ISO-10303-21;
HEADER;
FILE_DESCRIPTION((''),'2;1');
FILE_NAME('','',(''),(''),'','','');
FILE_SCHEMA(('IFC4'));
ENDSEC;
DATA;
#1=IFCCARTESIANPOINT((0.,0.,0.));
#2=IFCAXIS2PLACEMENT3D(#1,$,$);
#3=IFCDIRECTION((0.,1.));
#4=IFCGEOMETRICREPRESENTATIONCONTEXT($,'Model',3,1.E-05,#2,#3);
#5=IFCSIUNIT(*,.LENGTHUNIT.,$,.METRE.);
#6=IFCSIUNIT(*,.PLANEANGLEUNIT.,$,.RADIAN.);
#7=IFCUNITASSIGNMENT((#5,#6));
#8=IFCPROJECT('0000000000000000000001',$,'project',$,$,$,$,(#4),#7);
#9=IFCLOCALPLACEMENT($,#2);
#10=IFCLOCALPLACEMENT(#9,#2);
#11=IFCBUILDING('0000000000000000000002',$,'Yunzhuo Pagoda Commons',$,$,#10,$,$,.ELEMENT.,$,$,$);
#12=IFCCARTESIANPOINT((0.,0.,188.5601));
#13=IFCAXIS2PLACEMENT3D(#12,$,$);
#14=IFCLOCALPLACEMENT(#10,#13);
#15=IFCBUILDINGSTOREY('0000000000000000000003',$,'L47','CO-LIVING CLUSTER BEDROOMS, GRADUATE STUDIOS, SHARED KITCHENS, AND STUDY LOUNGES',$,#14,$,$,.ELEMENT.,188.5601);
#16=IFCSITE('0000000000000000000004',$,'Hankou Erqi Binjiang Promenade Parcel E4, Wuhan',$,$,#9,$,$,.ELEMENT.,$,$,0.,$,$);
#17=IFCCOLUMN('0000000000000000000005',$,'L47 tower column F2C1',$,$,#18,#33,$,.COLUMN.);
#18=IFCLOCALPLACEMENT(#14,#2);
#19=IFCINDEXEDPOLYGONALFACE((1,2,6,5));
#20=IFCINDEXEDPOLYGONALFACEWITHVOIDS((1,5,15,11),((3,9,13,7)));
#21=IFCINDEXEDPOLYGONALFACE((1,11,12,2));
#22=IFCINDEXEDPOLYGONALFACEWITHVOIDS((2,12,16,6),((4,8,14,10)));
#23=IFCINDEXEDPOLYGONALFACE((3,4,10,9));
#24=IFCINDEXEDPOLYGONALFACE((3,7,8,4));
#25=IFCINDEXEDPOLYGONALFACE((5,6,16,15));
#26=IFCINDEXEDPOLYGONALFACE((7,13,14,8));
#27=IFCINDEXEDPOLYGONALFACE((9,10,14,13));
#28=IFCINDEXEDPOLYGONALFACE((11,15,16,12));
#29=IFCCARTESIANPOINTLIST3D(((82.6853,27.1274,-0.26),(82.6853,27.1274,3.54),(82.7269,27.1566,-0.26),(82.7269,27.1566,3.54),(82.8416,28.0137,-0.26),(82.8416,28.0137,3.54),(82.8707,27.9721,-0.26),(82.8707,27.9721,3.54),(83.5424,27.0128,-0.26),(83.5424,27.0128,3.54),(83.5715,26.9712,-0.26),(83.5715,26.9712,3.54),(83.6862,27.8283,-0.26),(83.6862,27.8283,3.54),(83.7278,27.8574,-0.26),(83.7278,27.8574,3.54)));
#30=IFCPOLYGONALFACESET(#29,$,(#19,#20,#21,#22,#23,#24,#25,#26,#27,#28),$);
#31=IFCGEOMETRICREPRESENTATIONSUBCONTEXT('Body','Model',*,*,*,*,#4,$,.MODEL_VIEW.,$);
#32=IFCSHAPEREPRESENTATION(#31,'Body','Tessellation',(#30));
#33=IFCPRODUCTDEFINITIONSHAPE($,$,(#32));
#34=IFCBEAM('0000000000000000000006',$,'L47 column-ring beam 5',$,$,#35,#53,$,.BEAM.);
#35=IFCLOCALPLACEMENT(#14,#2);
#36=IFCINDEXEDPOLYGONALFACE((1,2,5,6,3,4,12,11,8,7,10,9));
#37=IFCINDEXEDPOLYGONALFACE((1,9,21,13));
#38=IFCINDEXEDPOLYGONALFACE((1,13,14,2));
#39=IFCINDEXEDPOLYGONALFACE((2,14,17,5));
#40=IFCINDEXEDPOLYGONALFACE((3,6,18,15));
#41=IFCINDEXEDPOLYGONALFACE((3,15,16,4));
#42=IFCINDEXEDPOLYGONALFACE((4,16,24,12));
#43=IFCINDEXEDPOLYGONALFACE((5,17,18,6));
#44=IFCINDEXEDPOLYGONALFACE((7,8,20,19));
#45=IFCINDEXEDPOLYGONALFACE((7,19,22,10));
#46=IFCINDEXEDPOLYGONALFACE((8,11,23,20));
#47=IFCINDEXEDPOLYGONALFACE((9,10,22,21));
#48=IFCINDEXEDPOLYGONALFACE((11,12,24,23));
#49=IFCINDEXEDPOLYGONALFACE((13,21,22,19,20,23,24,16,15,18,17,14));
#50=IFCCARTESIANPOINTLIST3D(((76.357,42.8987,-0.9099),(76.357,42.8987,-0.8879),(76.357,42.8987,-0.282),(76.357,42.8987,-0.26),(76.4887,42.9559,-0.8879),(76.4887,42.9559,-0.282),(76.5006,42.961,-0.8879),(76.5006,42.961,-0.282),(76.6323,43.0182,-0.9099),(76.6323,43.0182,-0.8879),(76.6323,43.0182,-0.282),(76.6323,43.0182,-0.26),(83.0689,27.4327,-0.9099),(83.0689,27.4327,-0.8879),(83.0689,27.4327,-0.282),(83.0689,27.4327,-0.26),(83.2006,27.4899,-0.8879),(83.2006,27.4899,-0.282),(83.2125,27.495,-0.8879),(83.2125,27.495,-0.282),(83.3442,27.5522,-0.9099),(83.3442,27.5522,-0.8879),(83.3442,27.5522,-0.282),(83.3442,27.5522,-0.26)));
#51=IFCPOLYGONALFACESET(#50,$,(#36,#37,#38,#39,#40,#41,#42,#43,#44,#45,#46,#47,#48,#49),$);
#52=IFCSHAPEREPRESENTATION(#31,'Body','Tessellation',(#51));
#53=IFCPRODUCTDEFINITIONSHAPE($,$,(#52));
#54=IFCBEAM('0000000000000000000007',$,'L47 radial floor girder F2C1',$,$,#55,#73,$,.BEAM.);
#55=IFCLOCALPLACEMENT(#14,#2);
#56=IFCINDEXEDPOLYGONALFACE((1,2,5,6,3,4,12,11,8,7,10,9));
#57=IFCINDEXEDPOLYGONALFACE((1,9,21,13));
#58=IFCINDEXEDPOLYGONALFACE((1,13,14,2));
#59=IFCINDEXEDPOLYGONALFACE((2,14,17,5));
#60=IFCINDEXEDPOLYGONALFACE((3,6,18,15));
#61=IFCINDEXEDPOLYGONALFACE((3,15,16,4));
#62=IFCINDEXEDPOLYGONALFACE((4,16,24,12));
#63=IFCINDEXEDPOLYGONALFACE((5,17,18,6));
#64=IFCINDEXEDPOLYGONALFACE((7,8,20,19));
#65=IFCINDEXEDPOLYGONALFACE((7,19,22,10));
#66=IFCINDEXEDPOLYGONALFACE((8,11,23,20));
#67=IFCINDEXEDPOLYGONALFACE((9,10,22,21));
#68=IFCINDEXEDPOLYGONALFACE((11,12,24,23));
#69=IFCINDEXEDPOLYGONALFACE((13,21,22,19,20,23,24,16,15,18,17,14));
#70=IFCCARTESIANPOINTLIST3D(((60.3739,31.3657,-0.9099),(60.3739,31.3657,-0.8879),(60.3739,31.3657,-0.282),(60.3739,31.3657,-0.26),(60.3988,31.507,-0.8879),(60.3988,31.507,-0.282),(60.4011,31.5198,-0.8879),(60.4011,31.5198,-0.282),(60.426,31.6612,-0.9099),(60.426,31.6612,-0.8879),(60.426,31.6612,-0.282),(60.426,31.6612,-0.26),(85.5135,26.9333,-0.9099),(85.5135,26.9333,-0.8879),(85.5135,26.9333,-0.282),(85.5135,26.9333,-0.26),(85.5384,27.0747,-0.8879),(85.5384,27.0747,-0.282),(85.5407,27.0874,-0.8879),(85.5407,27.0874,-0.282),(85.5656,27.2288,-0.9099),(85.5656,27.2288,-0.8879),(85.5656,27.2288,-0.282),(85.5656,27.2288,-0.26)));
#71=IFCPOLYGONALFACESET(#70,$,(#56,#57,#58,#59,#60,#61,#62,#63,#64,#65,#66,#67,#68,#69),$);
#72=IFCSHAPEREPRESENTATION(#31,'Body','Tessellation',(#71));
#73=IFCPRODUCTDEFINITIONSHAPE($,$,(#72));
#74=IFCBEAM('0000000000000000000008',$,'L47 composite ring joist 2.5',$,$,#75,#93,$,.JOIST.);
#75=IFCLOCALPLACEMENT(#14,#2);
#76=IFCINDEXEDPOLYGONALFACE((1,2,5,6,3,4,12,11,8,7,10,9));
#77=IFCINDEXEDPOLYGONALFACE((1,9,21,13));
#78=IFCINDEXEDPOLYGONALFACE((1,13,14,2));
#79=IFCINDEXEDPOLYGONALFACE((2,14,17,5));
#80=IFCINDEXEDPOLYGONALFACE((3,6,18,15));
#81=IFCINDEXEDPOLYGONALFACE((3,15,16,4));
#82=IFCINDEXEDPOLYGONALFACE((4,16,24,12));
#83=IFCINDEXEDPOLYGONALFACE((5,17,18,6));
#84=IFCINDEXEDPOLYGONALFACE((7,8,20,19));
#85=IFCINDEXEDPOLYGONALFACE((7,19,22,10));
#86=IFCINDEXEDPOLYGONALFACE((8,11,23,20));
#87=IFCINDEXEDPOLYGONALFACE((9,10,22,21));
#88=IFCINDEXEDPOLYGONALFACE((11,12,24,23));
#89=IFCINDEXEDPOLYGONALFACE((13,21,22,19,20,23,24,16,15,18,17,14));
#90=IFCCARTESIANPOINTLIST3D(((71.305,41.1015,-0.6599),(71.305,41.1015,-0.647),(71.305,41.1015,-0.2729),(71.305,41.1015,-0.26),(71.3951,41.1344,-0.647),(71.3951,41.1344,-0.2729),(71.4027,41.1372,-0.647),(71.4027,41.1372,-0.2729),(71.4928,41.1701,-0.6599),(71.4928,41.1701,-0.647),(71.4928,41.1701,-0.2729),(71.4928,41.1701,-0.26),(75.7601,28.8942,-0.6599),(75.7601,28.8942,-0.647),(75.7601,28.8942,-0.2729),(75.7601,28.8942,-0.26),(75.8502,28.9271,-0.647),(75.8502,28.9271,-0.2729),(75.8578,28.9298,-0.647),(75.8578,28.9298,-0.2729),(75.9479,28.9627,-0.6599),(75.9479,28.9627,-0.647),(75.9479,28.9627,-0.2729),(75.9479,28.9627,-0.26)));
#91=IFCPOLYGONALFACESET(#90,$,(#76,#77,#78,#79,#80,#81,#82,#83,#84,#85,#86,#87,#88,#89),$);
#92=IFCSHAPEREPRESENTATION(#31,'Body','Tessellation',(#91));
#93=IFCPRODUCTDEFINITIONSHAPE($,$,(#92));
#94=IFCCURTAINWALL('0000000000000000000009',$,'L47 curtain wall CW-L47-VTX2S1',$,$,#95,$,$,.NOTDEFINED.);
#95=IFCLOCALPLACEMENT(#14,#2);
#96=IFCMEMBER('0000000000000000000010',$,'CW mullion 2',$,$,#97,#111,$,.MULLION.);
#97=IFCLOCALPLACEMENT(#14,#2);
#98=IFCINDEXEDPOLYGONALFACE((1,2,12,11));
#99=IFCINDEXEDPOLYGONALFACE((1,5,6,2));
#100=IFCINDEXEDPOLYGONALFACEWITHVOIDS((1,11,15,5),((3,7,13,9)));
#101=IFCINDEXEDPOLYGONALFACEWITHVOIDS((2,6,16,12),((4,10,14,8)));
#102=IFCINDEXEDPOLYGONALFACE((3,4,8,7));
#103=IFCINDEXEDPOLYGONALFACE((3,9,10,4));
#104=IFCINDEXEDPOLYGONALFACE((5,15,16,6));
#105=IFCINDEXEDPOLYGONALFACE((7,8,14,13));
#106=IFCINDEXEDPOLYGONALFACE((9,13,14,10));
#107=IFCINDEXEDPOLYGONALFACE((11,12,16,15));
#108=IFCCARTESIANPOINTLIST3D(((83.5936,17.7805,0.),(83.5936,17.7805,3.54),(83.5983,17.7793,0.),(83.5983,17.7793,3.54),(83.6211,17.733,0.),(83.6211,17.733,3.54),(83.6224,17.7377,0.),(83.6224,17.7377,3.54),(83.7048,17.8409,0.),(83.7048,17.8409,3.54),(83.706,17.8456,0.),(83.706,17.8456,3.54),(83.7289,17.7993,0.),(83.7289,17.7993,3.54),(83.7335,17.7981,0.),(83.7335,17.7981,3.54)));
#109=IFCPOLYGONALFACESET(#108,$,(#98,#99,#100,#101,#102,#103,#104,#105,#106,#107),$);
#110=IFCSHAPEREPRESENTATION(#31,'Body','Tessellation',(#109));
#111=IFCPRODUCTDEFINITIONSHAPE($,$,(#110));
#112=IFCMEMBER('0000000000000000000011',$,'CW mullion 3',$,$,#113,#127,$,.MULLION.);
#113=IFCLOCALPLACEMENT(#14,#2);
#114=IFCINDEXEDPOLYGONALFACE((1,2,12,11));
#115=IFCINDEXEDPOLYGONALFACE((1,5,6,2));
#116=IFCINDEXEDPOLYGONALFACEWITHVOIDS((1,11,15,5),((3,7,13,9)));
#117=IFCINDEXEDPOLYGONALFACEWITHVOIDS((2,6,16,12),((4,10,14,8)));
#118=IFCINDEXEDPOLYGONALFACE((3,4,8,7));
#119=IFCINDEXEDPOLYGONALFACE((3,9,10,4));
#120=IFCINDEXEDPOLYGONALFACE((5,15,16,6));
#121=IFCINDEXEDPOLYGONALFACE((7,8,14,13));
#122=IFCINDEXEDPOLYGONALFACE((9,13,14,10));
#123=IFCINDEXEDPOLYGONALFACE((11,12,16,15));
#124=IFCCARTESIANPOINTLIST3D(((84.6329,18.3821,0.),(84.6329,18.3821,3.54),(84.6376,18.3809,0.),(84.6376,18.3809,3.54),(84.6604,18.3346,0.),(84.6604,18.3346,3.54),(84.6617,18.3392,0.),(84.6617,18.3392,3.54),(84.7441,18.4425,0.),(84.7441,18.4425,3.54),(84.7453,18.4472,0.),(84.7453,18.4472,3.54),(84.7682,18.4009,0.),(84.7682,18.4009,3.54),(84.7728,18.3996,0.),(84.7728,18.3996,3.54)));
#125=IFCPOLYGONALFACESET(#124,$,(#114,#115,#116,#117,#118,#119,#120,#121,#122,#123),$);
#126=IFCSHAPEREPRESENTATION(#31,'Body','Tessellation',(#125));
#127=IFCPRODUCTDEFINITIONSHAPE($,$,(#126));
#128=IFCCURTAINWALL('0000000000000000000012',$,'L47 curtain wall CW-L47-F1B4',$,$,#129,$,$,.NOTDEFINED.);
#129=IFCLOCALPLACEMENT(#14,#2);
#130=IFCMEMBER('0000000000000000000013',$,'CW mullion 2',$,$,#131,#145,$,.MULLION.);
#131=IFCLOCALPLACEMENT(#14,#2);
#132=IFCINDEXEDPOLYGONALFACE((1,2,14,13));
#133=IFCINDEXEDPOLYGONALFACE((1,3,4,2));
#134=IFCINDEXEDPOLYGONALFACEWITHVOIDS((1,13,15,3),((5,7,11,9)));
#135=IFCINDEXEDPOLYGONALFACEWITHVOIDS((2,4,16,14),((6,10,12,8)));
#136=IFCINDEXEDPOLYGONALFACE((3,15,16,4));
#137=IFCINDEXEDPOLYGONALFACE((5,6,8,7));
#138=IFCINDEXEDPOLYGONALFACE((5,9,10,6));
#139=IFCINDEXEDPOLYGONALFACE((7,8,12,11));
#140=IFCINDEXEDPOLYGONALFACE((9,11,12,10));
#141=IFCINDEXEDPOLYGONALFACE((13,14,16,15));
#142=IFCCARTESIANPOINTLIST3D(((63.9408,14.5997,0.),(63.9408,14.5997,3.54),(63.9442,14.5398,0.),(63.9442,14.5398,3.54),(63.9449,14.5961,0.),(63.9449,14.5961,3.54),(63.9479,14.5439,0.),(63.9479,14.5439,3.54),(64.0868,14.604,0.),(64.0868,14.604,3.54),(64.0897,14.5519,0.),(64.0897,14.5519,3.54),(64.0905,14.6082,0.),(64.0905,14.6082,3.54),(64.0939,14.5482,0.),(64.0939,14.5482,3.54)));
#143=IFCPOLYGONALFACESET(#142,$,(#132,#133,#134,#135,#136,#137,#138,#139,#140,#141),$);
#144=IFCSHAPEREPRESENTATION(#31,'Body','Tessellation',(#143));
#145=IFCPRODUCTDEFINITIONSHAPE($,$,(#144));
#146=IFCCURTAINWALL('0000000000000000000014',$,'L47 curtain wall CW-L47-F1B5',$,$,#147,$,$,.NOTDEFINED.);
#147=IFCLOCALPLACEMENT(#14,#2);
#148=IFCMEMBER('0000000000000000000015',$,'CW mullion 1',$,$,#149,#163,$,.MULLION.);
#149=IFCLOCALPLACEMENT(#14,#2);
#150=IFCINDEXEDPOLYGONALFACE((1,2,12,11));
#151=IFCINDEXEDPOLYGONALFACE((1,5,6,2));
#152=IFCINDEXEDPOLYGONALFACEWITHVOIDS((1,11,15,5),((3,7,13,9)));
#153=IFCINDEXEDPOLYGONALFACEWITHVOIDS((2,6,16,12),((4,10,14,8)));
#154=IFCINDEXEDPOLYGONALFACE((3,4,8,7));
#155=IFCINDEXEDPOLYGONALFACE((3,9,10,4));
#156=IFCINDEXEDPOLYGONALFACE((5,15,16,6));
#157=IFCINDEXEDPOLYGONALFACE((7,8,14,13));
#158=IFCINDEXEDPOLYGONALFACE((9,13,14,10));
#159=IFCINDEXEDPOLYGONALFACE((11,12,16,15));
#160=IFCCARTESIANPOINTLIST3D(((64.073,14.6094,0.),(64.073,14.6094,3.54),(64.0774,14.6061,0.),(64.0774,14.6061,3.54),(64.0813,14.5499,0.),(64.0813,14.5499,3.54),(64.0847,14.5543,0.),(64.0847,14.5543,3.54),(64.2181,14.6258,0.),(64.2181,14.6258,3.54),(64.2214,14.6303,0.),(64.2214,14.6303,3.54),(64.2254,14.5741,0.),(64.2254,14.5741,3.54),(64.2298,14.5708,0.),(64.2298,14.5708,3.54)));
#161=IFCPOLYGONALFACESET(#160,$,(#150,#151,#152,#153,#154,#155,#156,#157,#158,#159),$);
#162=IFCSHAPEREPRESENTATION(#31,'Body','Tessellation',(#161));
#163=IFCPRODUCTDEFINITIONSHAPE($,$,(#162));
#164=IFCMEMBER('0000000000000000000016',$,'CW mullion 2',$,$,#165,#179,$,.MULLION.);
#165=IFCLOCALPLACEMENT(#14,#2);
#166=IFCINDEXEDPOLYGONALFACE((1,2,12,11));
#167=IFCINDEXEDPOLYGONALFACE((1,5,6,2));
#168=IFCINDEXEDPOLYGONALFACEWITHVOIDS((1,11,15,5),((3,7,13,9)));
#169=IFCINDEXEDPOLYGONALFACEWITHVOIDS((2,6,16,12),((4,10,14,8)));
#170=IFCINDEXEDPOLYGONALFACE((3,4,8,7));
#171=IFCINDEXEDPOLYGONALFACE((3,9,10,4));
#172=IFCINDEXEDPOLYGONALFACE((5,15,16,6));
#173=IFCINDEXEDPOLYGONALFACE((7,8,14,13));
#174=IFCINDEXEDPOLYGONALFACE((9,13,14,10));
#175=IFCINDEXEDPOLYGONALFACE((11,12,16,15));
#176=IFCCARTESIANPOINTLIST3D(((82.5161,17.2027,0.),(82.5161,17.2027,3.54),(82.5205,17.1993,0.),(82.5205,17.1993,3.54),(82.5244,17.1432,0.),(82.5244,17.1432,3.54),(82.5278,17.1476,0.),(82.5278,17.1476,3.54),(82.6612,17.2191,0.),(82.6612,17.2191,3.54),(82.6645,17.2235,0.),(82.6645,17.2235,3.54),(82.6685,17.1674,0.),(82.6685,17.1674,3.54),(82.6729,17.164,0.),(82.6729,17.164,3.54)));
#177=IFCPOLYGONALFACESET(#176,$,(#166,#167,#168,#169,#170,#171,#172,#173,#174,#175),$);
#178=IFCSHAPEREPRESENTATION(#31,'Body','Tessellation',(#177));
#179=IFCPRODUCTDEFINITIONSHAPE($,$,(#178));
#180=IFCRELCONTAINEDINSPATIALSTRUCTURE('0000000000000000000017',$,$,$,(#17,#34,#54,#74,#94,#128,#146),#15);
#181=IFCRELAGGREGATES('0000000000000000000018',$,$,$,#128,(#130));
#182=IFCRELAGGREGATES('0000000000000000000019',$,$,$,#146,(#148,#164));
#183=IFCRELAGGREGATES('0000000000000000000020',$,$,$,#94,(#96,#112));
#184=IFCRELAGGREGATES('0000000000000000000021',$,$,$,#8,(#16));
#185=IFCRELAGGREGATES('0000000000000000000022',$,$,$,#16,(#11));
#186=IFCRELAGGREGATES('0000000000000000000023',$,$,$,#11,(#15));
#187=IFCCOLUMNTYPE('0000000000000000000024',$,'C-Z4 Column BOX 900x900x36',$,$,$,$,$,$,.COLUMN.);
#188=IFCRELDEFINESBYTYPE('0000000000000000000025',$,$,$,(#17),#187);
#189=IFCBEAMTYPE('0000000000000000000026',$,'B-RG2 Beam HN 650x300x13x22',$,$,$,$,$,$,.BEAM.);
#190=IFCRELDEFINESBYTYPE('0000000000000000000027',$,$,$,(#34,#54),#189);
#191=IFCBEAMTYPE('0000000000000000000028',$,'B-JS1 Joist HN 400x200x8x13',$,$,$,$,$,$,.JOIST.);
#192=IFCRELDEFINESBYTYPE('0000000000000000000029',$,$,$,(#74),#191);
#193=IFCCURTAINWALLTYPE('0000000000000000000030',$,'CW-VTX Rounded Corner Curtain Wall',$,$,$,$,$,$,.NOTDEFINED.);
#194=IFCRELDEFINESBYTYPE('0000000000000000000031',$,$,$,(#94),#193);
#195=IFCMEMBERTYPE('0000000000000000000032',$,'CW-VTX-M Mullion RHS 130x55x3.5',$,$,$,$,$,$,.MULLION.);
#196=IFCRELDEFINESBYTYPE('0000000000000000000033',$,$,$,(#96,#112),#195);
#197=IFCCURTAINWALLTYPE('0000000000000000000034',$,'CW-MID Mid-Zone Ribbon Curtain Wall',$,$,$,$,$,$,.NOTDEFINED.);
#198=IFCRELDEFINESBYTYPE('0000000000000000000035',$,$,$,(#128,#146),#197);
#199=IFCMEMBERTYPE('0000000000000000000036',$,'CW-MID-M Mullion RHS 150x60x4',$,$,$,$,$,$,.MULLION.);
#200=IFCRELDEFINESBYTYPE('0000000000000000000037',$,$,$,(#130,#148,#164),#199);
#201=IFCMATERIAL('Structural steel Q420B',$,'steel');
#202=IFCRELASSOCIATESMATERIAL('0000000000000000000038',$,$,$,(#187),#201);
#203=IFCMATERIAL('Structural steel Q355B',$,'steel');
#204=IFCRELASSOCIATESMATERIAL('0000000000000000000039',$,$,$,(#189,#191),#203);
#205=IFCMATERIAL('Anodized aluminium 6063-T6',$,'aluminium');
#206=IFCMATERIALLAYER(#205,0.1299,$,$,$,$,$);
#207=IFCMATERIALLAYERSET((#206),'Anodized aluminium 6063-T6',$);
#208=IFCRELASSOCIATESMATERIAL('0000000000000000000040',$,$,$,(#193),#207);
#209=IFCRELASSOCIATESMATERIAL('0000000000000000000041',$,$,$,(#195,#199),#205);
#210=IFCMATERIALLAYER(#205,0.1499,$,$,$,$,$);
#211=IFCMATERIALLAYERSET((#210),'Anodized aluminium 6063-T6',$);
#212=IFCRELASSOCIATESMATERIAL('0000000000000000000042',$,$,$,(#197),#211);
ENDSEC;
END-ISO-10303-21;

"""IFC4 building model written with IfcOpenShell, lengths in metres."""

from ifc_helpers import new_model, si_unit, direction, frame, origin, origin_2d, place, context, subcontext, project, spatial, hollow_rectangle, i_section, extrude, source, transform, mapped, material, layer, layer_set, material_profile, profile_set, type_object, element, aggregate, save


model = new_model("IFC4")

# Units and contexts
model_context = context("Model", 3, precision=1e-05, world=origin(), true_north=direction((0.0, 1.0)))
body_context = subcontext(model_context, "Body", "Model", "MODEL_VIEW")
ifc_project = project(units=[si_unit("LENGTHUNIT", "METRE"), si_unit("PLANEANGLEUNIT", "RADIAN")], contexts=[model_context])

# Site, building, storey
site_placement = place(None, origin())
site = spatial("IfcSite", under=ifc_project, at=site_placement, Name="Hankou Erqi Binjiang Promenade Parcel E4, Wuhan", CompositionType="ELEMENT", RefElevation=0.0)
building_placement = place(site_placement, origin())
building = spatial("IfcBuilding", under=site, at=building_placement, Name="Yunzhuo Pagoda Commons", CompositionType="ELEMENT")
storey_placement = place(building_placement, frame((0.0, 0.0, 188.5601)))
storey = spatial("IfcBuildingStorey", under=building, at=storey_placement, Name="L47", Description="CO-LIVING CLUSTER BEDROOMS, GRADUATE STUDIOS, SHARED KITCHENS, AND STUDY LOUNGES", CompositionType="ELEMENT", Elevation=188.5601)

# Column
ifc_material_1 = material(Name="Structural steel Q420B", Category="steel")
ifc_material_profile_1 = material_profile(ifc_material_1, hollow_rectangle(XDim=0.8999, YDim=0.8999, WallThickness=0.0359, at=origin_2d()), Name="Structural steel Q420B")
ifc_profile_set_1 = profile_set([ifc_material_profile_1], Name="Structural steel Q420B")
column_type = type_object("IfcColumnType", Name="C-Z4 Column BOX 900x900x36", PredefinedType="COLUMN", material=ifc_profile_set_1)
shared_shape_1 = source(origin(), body_context, "Body", "SweptSolid", [
    extrude(hollow_rectangle(XDim=0.8999, YDim=0.8999, WallThickness=0.0359, at=origin_2d()), origin(), (0.0, 0.0, 1.0), 3.8),
])
column_placement = place(storey_placement, frame((83.2065, 27.4924, -0.26), z_axis=(0.0, 0.0, 1.0), x_axis=(0.173648, 0.984808, 0.0)))
element("IfcColumn", 1, at=column_placement, inside=storey, type_object=column_type, Name="L47 tower column F2C1", PredefinedType="COLUMN", context=body_context, shape_type="MappedRepresentation", body=[
    mapped(shared_shape_1, transform((0.0, 0.0, 0.0), scale=1.0)),
])

# Beams
ifc_material_2 = material(Name="Structural steel Q355B", Category="steel")
ifc_material_profile_2 = material_profile(ifc_material_2, i_section(OverallWidth=0.3, OverallDepth=0.6499, WebThickness=0.0129, FlangeThickness=0.022, at=origin_2d()), Name="Structural steel Q355B")
ifc_profile_set_2 = profile_set([ifc_material_profile_2], Name="Structural steel Q355B")
beam_type_1 = type_object("IfcBeamType", Name="B-RG2 Beam HN 650x300x13x22", PredefinedType="BEAM", material=ifc_profile_set_2)
shared_shape_2 = source(origin(), body_context, "Body", "SweptSolid", [
    extrude(i_section(OverallWidth=0.3, OverallDepth=0.6499, WebThickness=0.0129, FlangeThickness=0.022, at=origin_2d()), origin(), (0.0, 0.0, 1.0), 16.8596),
])
beam_1_placement = place(storey_placement, frame((83.2065, 27.4924, -0.585), z_axis=(-0.398104, 0.91734, 0.0), x_axis=(-0.91734, -0.398104, 0.0)))
element("IfcBeam", 2, at=beam_1_placement, inside=storey, type_object=beam_type_1, Name="L47 column-ring beam 5", PredefinedType="BEAM", context=body_context, shape_type="MappedRepresentation", body=[
    mapped(shared_shape_2, transform((0.0, 0.0, 0.0), scale=1.0)),
])
shared_shape_3 = source(origin(), body_context, "Body", "SweptSolid", [
    extrude(i_section(OverallWidth=0.3, OverallDepth=0.6499, WebThickness=0.0129, FlangeThickness=0.022, at=origin_2d()), origin(), (0.0, 0.0, 1.0), 25.5273),
])
beam_2_placement = place(storey_placement, frame((85.5396, 27.0811, -0.585), z_axis=(-0.984811, 0.173632, 0.0), x_axis=(-0.173632, -0.984811, 0.0)))
element("IfcBeam", 3, at=beam_2_placement, inside=storey, type_object=beam_type_1, Name="L47 radial floor girder F2C1", PredefinedType="BEAM", context=body_context, shape_type="MappedRepresentation", body=[
    mapped(shared_shape_3, transform((0.0, 0.0, 0.0), scale=1.0)),
])
ifc_material_profile_3 = material_profile(ifc_material_2, i_section(OverallWidth=0.2, OverallDepth=0.3999, WebThickness=0.0081, FlangeThickness=0.0129, at=origin_2d()), Name="Structural steel Q355B")
ifc_profile_set_3 = profile_set([ifc_material_profile_3], Name="Structural steel Q355B")
beam_type_2 = type_object("IfcBeamType", Name="B-JS1 Joist HN 400x200x8x13", PredefinedType="JOIST", material=ifc_profile_set_3)
shared_shape_4 = source(origin(), body_context, "Body", "SweptSolid", [
    extrude(i_section(OverallWidth=0.2, OverallDepth=0.3999, WebThickness=0.0081, FlangeThickness=0.0129, at=origin_2d()), origin(), (0.0, 0.0, 1.0), 12.9949),
])
beam_3_placement = place(storey_placement, frame((75.854, 28.9285, -0.46), z_axis=(-0.342835, 0.939396, 0.0), x_axis=(-0.939396, -0.342835, 0.0)))
element("IfcBeam", 4, at=beam_3_placement, inside=storey, type_object=beam_type_2, Name="L47 composite ring joist 2.5", PredefinedType="JOIST", context=body_context, shape_type="MappedRepresentation", body=[
    mapped(shared_shape_4, transform((0.0, 0.0, 0.0), scale=1.0)),
])

# Curtain wall, members
ifc_material_3 = material(Name="Anodized aluminium 6063-T6", Category="aluminium")
ifc_layer_1 = layer(ifc_material_3, 0.1299)
ifc_layer_set_1 = layer_set([ifc_layer_1], Name="Anodized aluminium 6063-T6")
curtain_wall_type_1 = type_object("IfcCurtainWallType", Name="CW-VTX Rounded Corner Curtain Wall", PredefinedType="NOTDEFINED", material=ifc_layer_set_1)
curtain_wall_1_placement = place(storey_placement, origin())
curtain_wall_1 = element("IfcCurtainWall", 5, at=curtain_wall_1_placement, inside=storey, type_object=curtain_wall_type_1, Name="L47 curtain wall CW-L47-VTX2S1", PredefinedType="NOTDEFINED")
ifc_material_profile_4 = material_profile(ifc_material_3, hollow_rectangle(XDim=0.0549, YDim=0.1299, WallThickness=0.0034, at=origin_2d()), Name="Anodized aluminium 6063-T6")
ifc_profile_set_4 = profile_set([ifc_material_profile_4], Name="Anodized aluminium 6063-T6")
member_type_1 = type_object("IfcMemberType", Name="CW-VTX-M Mullion RHS 130x55x3.5", PredefinedType="MULLION", material=ifc_profile_set_4)
shared_shape_5 = source(origin(), body_context, "Body", "SweptSolid", [
    extrude(hollow_rectangle(XDim=0.0549, YDim=0.1299, WallThickness=0.0034, at=origin_2d()), origin(), (0.0, 0.0, 1.0), 3.54),
])
member_1_placement = place(storey_placement, frame((83.6636, 17.7893, 0.0), z_axis=(0.0, 0.0, 1.0), x_axis=(-0.50104, 0.865424, 0.0)))
member_1 = element("IfcMember", 6, at=member_1_placement, type_object=member_type_1, Name="CW mullion 2", PredefinedType="MULLION", context=body_context, shape_type="MappedRepresentation", body=[
    mapped(shared_shape_5, transform((0.0, 0.0, 0.0), scale=1.0)),
])
member_2_placement = place(storey_placement, frame((84.7029, 18.3909, 0.0), z_axis=(0.0, 0.0, 1.0), x_axis=(-0.50104, 0.865424, 0.0)))
member_2 = element("IfcMember", 7, at=member_2_placement, type_object=member_type_1, Name="CW mullion 3", PredefinedType="MULLION", context=body_context, shape_type="MappedRepresentation", body=[
    mapped(shared_shape_5, transform((0.0, 0.0, 0.0), scale=1.0)),
])

# Curtain wall, member
ifc_layer_2 = layer(ifc_material_3, 0.1499)
ifc_layer_set_2 = layer_set([ifc_layer_2], Name="Anodized aluminium 6063-T6")
curtain_wall_type_2 = type_object("IfcCurtainWallType", Name="CW-MID Mid-Zone Ribbon Curtain Wall", PredefinedType="NOTDEFINED", material=ifc_layer_set_2)
curtain_wall_2_placement = place(storey_placement, origin())
curtain_wall_2 = element("IfcCurtainWall", 8, at=curtain_wall_2_placement, inside=storey, type_object=curtain_wall_type_2, Name="L47 curtain wall CW-L47-F1B4", PredefinedType="NOTDEFINED")
ifc_material_profile_5 = material_profile(ifc_material_3, hollow_rectangle(XDim=0.0601, YDim=0.1499, WallThickness=0.0039, at=origin_2d()), Name="Anodized aluminium 6063-T6")
ifc_profile_set_5 = profile_set([ifc_material_profile_5], Name="Anodized aluminium 6063-T6")
member_type_2 = type_object("IfcMemberType", Name="CW-MID-M Mullion RHS 150x60x4", PredefinedType="MULLION", material=ifc_profile_set_5)
shared_shape_6 = source(origin(), body_context, "Body", "SweptSolid", [
    extrude(hollow_rectangle(XDim=0.0601, YDim=0.1499, WallThickness=0.0039, at=origin_2d()), origin(), (0.0, 0.0, 1.0), 3.54),
])
member_3_placement = place(storey_placement, frame((64.0173, 14.574, 0.0), z_axis=(0.0, 0.0, 1.0), x_axis=(-0.056143, 0.998423, 0.0)))
member_3 = element("IfcMember", 9, at=member_3_placement, type_object=member_type_2, Name="CW mullion 2", PredefinedType="MULLION", context=body_context, shape_type="MappedRepresentation", body=[
    mapped(shared_shape_6, transform((0.0, 0.0, 0.0), scale=1.0)),
])
aggregate(curtain_wall_2, [member_3])

# Curtain wall, members
curtain_wall_3_placement = place(storey_placement, origin())
curtain_wall_3 = element("IfcCurtainWall", 10, at=curtain_wall_3_placement, inside=storey, type_object=curtain_wall_type_2, Name="L47 curtain wall CW-L47-F1B5", PredefinedType="NOTDEFINED")
member_4_placement = place(storey_placement, frame((64.1514, 14.5901, 0.0), z_axis=(0.0, 0.0, 1.0), x_axis=(-0.139233, 0.99026, 0.0)))
member_4 = element("IfcMember", 11, at=member_4_placement, type_object=member_type_2, Name="CW mullion 1", PredefinedType="MULLION", context=body_context, shape_type="MappedRepresentation", body=[
    mapped(shared_shape_6, transform((0.0, 0.0, 0.0), scale=1.0)),
])
member_5_placement = place(storey_placement, frame((82.5945, 17.1833, 0.0), z_axis=(0.0, 0.0, 1.0), x_axis=(-0.139233, 0.99026, 0.0)))
member_5 = element("IfcMember", 12, at=member_5_placement, type_object=member_type_2, Name="CW mullion 2", PredefinedType="MULLION", context=body_context, shape_type="MappedRepresentation", body=[
    mapped(shared_shape_6, transform((0.0, 0.0, 0.0), scale=1.0)),
])

aggregate(curtain_wall_3, [member_4, member_5])
aggregate(curtain_wall_1, [member_1, member_2])

save(model, "model.ifc")
